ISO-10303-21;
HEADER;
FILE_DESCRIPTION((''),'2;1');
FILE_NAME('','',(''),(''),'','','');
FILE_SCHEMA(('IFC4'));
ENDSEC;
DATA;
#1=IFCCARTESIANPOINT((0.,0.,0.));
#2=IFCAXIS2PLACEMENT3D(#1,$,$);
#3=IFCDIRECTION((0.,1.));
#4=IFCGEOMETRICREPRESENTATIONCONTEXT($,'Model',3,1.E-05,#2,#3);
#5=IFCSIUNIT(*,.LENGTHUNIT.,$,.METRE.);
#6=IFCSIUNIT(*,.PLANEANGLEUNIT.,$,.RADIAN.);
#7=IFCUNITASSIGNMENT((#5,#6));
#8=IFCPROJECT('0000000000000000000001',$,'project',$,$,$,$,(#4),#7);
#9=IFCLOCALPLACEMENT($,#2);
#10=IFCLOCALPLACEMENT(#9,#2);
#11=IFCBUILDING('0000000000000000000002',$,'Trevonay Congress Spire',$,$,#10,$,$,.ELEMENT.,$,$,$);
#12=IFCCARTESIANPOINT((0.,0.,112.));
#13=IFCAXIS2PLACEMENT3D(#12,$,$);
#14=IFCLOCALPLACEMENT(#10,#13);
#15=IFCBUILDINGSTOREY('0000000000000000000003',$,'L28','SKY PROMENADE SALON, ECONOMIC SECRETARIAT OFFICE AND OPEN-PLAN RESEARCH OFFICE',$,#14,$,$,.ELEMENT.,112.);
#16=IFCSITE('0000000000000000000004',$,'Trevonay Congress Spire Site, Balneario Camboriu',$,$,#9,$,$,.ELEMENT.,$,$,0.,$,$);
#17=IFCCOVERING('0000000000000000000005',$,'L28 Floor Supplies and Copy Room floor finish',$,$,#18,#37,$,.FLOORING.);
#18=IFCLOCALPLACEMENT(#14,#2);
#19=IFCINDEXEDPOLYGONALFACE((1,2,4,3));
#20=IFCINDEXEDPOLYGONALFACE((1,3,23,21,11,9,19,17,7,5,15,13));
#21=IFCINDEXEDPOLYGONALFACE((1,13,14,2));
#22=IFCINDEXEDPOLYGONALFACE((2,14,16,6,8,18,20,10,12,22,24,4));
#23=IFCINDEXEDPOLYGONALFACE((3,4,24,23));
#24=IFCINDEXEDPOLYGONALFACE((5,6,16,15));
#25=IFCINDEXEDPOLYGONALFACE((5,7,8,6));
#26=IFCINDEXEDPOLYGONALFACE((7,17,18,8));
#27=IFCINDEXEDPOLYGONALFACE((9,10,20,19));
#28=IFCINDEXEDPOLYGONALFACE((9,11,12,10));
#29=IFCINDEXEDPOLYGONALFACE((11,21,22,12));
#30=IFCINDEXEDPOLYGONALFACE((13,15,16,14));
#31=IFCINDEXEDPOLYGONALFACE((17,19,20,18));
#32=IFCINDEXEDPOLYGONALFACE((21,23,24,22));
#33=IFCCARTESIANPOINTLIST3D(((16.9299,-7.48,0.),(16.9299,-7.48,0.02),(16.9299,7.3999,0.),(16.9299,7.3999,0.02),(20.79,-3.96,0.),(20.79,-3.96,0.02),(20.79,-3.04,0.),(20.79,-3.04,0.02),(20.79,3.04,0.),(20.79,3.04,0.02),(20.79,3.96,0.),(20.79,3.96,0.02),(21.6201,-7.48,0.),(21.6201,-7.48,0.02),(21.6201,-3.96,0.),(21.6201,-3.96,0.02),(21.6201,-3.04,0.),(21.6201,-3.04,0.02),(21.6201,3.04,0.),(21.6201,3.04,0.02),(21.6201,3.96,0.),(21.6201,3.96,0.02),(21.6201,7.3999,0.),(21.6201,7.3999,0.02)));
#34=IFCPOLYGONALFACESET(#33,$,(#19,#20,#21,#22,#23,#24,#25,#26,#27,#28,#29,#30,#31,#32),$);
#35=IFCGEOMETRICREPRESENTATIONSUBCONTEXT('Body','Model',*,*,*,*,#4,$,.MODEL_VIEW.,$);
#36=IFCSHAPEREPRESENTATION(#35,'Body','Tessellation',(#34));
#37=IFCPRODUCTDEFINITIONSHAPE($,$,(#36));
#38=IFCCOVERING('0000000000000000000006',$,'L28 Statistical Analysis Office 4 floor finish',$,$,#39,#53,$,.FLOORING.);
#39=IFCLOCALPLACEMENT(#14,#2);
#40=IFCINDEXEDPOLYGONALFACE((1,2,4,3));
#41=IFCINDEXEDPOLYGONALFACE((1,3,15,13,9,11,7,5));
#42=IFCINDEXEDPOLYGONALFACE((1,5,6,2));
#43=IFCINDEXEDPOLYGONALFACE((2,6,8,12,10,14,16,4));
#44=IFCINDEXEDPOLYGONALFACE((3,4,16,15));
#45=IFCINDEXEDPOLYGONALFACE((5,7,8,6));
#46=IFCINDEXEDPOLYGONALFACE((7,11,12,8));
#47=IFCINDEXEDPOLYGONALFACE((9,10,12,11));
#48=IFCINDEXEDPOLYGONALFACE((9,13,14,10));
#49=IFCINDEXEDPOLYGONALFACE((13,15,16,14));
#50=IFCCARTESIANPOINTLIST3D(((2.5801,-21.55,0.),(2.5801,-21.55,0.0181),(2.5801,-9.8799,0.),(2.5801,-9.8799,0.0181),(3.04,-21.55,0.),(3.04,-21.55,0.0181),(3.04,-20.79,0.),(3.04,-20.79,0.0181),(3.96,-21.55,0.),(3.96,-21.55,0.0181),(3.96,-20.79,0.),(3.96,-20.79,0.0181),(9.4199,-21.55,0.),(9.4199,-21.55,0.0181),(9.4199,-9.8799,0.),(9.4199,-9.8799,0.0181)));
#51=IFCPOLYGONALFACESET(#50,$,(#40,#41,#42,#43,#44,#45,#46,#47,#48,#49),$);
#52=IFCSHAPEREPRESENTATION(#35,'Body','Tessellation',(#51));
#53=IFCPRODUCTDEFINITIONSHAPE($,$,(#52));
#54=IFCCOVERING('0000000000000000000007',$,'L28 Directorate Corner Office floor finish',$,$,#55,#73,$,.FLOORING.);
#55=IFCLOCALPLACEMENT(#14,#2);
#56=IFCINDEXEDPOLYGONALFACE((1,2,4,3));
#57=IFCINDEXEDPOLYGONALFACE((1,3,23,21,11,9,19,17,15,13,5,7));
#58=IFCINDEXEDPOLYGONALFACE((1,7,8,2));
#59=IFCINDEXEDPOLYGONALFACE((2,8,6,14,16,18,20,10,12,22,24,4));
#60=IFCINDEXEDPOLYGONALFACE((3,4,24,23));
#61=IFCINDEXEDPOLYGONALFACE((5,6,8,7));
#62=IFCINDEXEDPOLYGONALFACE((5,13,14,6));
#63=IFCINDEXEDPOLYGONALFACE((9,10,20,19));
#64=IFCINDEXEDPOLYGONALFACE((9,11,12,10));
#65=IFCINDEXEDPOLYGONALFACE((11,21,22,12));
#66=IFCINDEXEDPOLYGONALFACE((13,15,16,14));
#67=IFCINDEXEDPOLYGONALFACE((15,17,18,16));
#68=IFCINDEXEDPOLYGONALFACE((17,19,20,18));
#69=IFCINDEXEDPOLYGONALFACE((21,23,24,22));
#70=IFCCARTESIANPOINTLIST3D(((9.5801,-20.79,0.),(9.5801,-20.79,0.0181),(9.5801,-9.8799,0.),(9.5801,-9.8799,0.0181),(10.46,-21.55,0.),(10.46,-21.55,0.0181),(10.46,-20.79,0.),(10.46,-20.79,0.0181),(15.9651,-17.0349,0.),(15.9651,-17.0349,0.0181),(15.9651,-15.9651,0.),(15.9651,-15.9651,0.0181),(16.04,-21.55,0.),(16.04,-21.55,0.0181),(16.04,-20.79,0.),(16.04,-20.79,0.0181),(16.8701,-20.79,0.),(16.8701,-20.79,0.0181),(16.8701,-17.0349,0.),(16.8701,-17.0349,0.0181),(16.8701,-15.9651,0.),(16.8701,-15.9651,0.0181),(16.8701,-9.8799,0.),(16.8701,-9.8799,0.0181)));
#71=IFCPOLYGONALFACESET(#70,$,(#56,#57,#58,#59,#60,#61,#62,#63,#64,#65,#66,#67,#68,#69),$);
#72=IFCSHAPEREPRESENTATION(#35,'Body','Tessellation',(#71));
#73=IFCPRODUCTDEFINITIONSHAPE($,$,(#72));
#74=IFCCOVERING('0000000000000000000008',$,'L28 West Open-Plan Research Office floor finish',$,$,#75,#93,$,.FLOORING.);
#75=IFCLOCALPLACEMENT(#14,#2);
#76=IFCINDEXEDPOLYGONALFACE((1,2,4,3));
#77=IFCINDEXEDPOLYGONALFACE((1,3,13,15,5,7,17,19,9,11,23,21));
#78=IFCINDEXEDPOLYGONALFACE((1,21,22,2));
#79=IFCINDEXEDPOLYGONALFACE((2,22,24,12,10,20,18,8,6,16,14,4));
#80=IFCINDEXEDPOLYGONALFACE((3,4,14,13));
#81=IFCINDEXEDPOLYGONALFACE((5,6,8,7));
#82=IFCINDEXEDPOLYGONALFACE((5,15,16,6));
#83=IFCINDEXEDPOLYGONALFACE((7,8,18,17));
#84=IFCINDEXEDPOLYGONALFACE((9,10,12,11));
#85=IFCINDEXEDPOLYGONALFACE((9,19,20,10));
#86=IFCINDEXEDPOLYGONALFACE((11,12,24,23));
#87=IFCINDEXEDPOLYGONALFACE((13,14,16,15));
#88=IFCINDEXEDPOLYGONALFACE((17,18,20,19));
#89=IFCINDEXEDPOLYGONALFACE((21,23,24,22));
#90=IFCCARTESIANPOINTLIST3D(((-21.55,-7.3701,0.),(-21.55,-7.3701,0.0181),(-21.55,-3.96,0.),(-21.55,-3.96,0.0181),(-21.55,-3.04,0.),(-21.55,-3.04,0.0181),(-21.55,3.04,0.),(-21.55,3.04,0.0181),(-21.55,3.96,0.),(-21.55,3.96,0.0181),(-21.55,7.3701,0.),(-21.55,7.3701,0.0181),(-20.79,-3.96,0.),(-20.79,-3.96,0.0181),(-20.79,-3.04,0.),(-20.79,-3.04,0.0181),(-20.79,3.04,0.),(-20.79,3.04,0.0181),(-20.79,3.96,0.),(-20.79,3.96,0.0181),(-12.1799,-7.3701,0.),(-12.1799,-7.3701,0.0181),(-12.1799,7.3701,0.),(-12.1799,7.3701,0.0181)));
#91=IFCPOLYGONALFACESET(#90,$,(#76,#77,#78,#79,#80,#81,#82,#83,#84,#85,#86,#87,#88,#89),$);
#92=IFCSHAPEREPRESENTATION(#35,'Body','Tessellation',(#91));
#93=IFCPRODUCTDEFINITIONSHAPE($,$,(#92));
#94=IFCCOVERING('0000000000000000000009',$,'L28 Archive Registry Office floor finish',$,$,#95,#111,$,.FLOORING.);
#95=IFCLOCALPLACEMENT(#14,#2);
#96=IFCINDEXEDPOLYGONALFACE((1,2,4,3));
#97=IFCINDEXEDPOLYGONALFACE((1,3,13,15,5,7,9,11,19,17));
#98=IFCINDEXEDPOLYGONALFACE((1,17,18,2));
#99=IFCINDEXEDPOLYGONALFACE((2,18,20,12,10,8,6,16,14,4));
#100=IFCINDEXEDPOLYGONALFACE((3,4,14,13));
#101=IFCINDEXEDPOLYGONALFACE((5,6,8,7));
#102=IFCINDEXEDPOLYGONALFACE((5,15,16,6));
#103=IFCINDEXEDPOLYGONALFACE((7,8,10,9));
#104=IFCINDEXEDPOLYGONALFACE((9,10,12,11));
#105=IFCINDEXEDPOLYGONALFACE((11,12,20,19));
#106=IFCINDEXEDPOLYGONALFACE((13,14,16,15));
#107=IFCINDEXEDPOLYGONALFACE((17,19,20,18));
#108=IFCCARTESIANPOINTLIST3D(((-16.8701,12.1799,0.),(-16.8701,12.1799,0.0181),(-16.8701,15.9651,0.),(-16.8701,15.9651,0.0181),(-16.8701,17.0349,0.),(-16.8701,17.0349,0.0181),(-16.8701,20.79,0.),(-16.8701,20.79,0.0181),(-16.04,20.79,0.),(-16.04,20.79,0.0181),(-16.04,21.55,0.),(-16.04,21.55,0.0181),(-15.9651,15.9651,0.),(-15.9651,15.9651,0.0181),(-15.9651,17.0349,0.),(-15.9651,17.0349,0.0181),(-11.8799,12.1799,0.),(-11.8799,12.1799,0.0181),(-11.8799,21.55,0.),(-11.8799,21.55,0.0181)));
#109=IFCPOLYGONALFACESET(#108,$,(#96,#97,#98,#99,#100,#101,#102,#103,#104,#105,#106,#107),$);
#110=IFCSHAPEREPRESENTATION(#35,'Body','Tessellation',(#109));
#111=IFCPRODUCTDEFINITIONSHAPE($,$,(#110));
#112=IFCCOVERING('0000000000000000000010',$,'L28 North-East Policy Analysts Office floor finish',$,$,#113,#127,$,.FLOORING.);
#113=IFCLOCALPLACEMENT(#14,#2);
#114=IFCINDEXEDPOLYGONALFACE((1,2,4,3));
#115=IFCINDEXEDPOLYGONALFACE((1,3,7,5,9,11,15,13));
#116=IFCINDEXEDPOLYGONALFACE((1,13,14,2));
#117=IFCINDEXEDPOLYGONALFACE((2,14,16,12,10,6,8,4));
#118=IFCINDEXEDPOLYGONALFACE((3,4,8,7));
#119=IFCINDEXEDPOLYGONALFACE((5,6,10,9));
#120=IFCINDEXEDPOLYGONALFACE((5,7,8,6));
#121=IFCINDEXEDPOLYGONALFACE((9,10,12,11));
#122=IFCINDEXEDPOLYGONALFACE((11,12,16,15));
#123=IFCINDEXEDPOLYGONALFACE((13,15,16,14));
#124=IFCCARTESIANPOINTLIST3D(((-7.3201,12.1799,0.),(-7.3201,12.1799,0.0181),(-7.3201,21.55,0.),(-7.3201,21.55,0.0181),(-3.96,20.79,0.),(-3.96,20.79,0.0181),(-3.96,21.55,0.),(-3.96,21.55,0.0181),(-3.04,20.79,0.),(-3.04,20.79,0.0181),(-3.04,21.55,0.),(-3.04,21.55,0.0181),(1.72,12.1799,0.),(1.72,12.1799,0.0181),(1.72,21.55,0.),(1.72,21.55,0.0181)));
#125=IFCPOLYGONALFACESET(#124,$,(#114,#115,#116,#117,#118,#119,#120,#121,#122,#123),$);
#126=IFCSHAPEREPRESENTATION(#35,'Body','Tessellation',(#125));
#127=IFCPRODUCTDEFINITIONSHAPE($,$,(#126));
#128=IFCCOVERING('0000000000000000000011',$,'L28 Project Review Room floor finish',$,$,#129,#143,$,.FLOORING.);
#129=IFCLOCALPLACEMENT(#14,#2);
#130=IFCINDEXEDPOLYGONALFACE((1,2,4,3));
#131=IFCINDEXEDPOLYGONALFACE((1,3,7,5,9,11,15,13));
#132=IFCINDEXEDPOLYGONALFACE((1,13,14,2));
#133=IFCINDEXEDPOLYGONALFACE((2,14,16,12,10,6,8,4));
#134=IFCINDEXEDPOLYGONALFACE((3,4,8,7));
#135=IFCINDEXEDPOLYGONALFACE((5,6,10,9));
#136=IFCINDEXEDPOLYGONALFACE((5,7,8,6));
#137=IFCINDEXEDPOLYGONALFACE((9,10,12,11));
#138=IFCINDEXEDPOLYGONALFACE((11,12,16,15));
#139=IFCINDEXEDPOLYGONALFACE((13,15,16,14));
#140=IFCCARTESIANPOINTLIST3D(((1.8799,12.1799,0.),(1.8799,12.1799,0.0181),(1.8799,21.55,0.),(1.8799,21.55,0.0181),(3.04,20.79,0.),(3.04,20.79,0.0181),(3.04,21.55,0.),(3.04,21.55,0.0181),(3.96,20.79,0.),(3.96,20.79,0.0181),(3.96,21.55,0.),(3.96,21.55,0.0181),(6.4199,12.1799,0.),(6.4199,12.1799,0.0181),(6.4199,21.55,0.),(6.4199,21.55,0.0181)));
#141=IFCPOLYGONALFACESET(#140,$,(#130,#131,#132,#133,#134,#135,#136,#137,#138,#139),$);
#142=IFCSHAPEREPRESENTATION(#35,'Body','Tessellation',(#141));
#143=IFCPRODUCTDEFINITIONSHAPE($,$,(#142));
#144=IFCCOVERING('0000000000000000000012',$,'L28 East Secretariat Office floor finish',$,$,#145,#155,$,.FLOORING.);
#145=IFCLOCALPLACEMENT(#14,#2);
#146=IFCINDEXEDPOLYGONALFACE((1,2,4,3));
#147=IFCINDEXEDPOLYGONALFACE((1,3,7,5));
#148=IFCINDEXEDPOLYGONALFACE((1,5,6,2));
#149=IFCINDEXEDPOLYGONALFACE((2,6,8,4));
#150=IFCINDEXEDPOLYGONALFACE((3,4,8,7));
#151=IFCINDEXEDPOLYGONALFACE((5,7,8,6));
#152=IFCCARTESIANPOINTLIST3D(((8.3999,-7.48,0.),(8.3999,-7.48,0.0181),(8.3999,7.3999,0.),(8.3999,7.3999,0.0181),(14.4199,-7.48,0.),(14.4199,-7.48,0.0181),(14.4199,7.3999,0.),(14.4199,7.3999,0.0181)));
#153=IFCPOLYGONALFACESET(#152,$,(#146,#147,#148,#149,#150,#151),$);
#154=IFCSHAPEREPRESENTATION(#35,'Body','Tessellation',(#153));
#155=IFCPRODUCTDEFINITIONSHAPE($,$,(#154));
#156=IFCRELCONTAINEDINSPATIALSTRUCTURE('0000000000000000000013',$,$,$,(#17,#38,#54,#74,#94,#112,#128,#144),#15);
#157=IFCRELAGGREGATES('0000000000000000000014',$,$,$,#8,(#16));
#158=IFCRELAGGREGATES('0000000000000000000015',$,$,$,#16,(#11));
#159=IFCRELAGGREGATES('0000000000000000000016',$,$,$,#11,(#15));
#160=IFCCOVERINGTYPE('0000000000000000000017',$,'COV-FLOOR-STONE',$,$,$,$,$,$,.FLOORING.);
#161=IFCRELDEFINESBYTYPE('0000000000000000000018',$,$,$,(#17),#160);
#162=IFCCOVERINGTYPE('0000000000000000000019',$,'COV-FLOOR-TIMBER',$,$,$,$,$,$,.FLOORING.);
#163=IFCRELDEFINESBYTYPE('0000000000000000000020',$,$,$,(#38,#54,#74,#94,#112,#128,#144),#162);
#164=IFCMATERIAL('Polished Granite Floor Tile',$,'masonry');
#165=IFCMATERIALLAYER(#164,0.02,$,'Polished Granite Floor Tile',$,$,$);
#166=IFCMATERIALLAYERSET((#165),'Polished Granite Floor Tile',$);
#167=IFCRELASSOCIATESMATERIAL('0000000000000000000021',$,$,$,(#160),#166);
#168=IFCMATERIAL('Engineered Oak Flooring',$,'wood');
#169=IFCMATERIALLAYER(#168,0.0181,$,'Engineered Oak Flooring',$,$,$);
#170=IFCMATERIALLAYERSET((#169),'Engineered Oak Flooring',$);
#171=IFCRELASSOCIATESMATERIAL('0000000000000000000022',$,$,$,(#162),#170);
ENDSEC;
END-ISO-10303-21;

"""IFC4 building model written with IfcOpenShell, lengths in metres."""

from ifc_helpers import new_model, si_unit, direction, frame, origin, place, context, subcontext, project, spatial, polyline, outline, extrude, material, layer, layer_set, type_object, element, save


model = new_model("IFC4")

# Units and contexts
model_context = context("Model", 3, precision=1e-05, world=origin(), true_north=direction((0.0, 1.0)))
body_context = subcontext(model_context, "Body", "Model", "MODEL_VIEW")
ifc_project = project(units=[si_unit("LENGTHUNIT", "METRE"), si_unit("PLANEANGLEUNIT", "RADIAN")], contexts=[model_context])

# Site, building, storey
site_placement = place(None, origin())
site = spatial("IfcSite", under=ifc_project, at=site_placement, Name="Trevonay Congress Spire Site, Balneario Camboriu", CompositionType="ELEMENT", RefElevation=0.0)
building_placement = place(site_placement, origin())
building = spatial("IfcBuilding", under=site, at=building_placement, Name="Trevonay Congress Spire", CompositionType="ELEMENT")
storey_placement = place(building_placement, frame((0.0, 0.0, 112.0)))
storey = spatial("IfcBuildingStorey", under=building, at=storey_placement, Name="L28", Description="SKY PROMENADE SALON, ECONOMIC SECRETARIAT OFFICE AND OPEN-PLAN RESEARCH OFFICE", CompositionType="ELEMENT", Elevation=112.0)

# Coverings
ifc_material_1 = material(Name="Polished Granite Floor Tile", Category="masonry")
ifc_layer_1 = layer(ifc_material_1, 0.02, Name="Polished Granite Floor Tile")
ifc_layer_set_1 = layer_set([ifc_layer_1], Name="Polished Granite Floor Tile")
covering_type_1 = type_object("IfcCoveringType", Name="COV-FLOOR-STONE", PredefinedType="FLOORING", material=ifc_layer_set_1)
covering_1_placement = place(storey_placement, origin())
element("IfcCovering", 1, at=covering_1_placement, inside=storey, type_object=covering_type_1, Name="L28 Floor Supplies and Copy Room floor finish", PredefinedType="FLOORING", context=body_context, shape_type="SweptSolid", body=[
    extrude(outline(polyline([(21.6201, -7.48), (16.9299, -7.48), (16.9299, 7.3999), (21.6201, 7.3999), (21.6201, 3.96), (20.79, 3.96), (20.79, 3.04), (21.6201, 3.04), (21.6201, -3.04), (20.79, -3.04), (20.79, -3.96), (21.6201, -3.96), (21.6201, -7.48)])), origin(), (0.0, 0.0, 1.0), 0.02),
])
ifc_material_2 = material(Name="Engineered Oak Flooring", Category="wood")
ifc_layer_2 = layer(ifc_material_2, 0.0181, Name="Engineered Oak Flooring")
ifc_layer_set_2 = layer_set([ifc_layer_2], Name="Engineered Oak Flooring")
covering_type_2 = type_object("IfcCoveringType", Name="COV-FLOOR-TIMBER", PredefinedType="FLOORING", material=ifc_layer_set_2)
covering_2_placement = place(storey_placement, origin())
element("IfcCovering", 2, at=covering_2_placement, inside=storey, type_object=covering_type_2, Name="L28 Statistical Analysis Office 4 floor finish", PredefinedType="FLOORING", context=body_context, shape_type="SweptSolid", body=[
    extrude(outline(polyline([(2.5801, -21.55), (2.5801, -9.8799), (9.4199, -9.8799), (9.4199, -21.55), (3.96, -21.55), (3.96, -20.79), (3.04, -20.79), (3.04, -21.55), (2.5801, -21.55)])), origin(), (0.0, 0.0, 1.0), 0.0181),
])
covering_3_placement = place(storey_placement, origin())
element("IfcCovering", 3, at=covering_3_placement, inside=storey, type_object=covering_type_2, Name="L28 Directorate Corner Office floor finish", PredefinedType="FLOORING", context=body_context, shape_type="SweptSolid", body=[
    extrude(outline(polyline([(10.46, -21.55), (10.46, -20.79), (9.5801, -20.79), (9.5801, -9.8799), (16.8701, -9.8799), (16.8701, -15.9651), (15.9651, -15.9651), (15.9651, -17.0349), (16.8701, -17.0349), (16.8701, -20.79), (16.04, -20.79), (16.04, -21.55), (10.46, -21.55)])), origin(), (0.0, 0.0, 1.0), 0.0181),
])
covering_4_placement = place(storey_placement, origin())
element("IfcCovering", 4, at=covering_4_placement, inside=storey, type_object=covering_type_2, Name="L28 West Open-Plan Research Office floor finish", PredefinedType="FLOORING", context=body_context, shape_type="SweptSolid", body=[
    extrude(outline(polyline([(-21.55, 7.3701), (-12.1799, 7.3701), (-12.1799, -7.3701), (-21.55, -7.3701), (-21.55, -3.96), (-20.79, -3.96), (-20.79, -3.04), (-21.55, -3.04), (-21.55, 3.04), (-20.79, 3.04), (-20.79, 3.96), (-21.55, 3.96), (-21.55, 7.3701)])), origin(), (0.0, 0.0, 1.0), 0.0181),
])
covering_5_placement = place(storey_placement, origin())
element("IfcCovering", 5, at=covering_5_placement, inside=storey, type_object=covering_type_2, Name="L28 Archive Registry Office floor finish", PredefinedType="FLOORING", context=body_context, shape_type="SweptSolid", body=[
    extrude(outline(polyline([(-11.8799, 21.55), (-11.8799, 12.1799), (-16.8701, 12.1799), (-16.8701, 15.9651), (-15.9651, 15.9651), (-15.9651, 17.0349), (-16.8701, 17.0349), (-16.8701, 20.79), (-16.04, 20.79), (-16.04, 21.55), (-11.8799, 21.55)])), origin(), (0.0, 0.0, 1.0), 0.0181),
])
covering_6_placement = place(storey_placement, origin())
element("IfcCovering", 6, at=covering_6_placement, inside=storey, type_object=covering_type_2, Name="L28 North-East Policy Analysts Office floor finish", PredefinedType="FLOORING", context=body_context, shape_type="SweptSolid", body=[
    extrude(outline(polyline([(1.72, 21.55), (1.72, 12.1799), (-7.3201, 12.1799), (-7.3201, 21.55), (-3.96, 21.55), (-3.96, 20.79), (-3.04, 20.79), (-3.04, 21.55), (1.72, 21.55)])), origin(), (0.0, 0.0, 1.0), 0.0181),
])
covering_7_placement = place(storey_placement, origin())
element("IfcCovering", 7, at=covering_7_placement, inside=storey, type_object=covering_type_2, Name="L28 Project Review Room floor finish", PredefinedType="FLOORING", context=body_context, shape_type="SweptSolid", body=[
    extrude(outline(polyline([(6.4199, 21.55), (6.4199, 12.1799), (1.8799, 12.1799), (1.8799, 21.55), (3.04, 21.55), (3.04, 20.79), (3.96, 20.79), (3.96, 21.55), (6.4199, 21.55)])), origin(), (0.0, 0.0, 1.0), 0.0181),
])
covering_8_placement = place(storey_placement, origin())
element("IfcCovering", 8, at=covering_8_placement, inside=storey, type_object=covering_type_2, Name="L28 East Secretariat Office floor finish", PredefinedType="FLOORING", context=body_context, shape_type="SweptSolid", body=[
    extrude(outline(polyline([(8.3999, -7.48), (14.4199, -7.48), (14.4199, 7.3999), (8.3999, 7.3999), (8.3999, -7.48)])), origin(), (0.0, 0.0, 1.0), 0.0181),
])

save(model, "model.ifc")
